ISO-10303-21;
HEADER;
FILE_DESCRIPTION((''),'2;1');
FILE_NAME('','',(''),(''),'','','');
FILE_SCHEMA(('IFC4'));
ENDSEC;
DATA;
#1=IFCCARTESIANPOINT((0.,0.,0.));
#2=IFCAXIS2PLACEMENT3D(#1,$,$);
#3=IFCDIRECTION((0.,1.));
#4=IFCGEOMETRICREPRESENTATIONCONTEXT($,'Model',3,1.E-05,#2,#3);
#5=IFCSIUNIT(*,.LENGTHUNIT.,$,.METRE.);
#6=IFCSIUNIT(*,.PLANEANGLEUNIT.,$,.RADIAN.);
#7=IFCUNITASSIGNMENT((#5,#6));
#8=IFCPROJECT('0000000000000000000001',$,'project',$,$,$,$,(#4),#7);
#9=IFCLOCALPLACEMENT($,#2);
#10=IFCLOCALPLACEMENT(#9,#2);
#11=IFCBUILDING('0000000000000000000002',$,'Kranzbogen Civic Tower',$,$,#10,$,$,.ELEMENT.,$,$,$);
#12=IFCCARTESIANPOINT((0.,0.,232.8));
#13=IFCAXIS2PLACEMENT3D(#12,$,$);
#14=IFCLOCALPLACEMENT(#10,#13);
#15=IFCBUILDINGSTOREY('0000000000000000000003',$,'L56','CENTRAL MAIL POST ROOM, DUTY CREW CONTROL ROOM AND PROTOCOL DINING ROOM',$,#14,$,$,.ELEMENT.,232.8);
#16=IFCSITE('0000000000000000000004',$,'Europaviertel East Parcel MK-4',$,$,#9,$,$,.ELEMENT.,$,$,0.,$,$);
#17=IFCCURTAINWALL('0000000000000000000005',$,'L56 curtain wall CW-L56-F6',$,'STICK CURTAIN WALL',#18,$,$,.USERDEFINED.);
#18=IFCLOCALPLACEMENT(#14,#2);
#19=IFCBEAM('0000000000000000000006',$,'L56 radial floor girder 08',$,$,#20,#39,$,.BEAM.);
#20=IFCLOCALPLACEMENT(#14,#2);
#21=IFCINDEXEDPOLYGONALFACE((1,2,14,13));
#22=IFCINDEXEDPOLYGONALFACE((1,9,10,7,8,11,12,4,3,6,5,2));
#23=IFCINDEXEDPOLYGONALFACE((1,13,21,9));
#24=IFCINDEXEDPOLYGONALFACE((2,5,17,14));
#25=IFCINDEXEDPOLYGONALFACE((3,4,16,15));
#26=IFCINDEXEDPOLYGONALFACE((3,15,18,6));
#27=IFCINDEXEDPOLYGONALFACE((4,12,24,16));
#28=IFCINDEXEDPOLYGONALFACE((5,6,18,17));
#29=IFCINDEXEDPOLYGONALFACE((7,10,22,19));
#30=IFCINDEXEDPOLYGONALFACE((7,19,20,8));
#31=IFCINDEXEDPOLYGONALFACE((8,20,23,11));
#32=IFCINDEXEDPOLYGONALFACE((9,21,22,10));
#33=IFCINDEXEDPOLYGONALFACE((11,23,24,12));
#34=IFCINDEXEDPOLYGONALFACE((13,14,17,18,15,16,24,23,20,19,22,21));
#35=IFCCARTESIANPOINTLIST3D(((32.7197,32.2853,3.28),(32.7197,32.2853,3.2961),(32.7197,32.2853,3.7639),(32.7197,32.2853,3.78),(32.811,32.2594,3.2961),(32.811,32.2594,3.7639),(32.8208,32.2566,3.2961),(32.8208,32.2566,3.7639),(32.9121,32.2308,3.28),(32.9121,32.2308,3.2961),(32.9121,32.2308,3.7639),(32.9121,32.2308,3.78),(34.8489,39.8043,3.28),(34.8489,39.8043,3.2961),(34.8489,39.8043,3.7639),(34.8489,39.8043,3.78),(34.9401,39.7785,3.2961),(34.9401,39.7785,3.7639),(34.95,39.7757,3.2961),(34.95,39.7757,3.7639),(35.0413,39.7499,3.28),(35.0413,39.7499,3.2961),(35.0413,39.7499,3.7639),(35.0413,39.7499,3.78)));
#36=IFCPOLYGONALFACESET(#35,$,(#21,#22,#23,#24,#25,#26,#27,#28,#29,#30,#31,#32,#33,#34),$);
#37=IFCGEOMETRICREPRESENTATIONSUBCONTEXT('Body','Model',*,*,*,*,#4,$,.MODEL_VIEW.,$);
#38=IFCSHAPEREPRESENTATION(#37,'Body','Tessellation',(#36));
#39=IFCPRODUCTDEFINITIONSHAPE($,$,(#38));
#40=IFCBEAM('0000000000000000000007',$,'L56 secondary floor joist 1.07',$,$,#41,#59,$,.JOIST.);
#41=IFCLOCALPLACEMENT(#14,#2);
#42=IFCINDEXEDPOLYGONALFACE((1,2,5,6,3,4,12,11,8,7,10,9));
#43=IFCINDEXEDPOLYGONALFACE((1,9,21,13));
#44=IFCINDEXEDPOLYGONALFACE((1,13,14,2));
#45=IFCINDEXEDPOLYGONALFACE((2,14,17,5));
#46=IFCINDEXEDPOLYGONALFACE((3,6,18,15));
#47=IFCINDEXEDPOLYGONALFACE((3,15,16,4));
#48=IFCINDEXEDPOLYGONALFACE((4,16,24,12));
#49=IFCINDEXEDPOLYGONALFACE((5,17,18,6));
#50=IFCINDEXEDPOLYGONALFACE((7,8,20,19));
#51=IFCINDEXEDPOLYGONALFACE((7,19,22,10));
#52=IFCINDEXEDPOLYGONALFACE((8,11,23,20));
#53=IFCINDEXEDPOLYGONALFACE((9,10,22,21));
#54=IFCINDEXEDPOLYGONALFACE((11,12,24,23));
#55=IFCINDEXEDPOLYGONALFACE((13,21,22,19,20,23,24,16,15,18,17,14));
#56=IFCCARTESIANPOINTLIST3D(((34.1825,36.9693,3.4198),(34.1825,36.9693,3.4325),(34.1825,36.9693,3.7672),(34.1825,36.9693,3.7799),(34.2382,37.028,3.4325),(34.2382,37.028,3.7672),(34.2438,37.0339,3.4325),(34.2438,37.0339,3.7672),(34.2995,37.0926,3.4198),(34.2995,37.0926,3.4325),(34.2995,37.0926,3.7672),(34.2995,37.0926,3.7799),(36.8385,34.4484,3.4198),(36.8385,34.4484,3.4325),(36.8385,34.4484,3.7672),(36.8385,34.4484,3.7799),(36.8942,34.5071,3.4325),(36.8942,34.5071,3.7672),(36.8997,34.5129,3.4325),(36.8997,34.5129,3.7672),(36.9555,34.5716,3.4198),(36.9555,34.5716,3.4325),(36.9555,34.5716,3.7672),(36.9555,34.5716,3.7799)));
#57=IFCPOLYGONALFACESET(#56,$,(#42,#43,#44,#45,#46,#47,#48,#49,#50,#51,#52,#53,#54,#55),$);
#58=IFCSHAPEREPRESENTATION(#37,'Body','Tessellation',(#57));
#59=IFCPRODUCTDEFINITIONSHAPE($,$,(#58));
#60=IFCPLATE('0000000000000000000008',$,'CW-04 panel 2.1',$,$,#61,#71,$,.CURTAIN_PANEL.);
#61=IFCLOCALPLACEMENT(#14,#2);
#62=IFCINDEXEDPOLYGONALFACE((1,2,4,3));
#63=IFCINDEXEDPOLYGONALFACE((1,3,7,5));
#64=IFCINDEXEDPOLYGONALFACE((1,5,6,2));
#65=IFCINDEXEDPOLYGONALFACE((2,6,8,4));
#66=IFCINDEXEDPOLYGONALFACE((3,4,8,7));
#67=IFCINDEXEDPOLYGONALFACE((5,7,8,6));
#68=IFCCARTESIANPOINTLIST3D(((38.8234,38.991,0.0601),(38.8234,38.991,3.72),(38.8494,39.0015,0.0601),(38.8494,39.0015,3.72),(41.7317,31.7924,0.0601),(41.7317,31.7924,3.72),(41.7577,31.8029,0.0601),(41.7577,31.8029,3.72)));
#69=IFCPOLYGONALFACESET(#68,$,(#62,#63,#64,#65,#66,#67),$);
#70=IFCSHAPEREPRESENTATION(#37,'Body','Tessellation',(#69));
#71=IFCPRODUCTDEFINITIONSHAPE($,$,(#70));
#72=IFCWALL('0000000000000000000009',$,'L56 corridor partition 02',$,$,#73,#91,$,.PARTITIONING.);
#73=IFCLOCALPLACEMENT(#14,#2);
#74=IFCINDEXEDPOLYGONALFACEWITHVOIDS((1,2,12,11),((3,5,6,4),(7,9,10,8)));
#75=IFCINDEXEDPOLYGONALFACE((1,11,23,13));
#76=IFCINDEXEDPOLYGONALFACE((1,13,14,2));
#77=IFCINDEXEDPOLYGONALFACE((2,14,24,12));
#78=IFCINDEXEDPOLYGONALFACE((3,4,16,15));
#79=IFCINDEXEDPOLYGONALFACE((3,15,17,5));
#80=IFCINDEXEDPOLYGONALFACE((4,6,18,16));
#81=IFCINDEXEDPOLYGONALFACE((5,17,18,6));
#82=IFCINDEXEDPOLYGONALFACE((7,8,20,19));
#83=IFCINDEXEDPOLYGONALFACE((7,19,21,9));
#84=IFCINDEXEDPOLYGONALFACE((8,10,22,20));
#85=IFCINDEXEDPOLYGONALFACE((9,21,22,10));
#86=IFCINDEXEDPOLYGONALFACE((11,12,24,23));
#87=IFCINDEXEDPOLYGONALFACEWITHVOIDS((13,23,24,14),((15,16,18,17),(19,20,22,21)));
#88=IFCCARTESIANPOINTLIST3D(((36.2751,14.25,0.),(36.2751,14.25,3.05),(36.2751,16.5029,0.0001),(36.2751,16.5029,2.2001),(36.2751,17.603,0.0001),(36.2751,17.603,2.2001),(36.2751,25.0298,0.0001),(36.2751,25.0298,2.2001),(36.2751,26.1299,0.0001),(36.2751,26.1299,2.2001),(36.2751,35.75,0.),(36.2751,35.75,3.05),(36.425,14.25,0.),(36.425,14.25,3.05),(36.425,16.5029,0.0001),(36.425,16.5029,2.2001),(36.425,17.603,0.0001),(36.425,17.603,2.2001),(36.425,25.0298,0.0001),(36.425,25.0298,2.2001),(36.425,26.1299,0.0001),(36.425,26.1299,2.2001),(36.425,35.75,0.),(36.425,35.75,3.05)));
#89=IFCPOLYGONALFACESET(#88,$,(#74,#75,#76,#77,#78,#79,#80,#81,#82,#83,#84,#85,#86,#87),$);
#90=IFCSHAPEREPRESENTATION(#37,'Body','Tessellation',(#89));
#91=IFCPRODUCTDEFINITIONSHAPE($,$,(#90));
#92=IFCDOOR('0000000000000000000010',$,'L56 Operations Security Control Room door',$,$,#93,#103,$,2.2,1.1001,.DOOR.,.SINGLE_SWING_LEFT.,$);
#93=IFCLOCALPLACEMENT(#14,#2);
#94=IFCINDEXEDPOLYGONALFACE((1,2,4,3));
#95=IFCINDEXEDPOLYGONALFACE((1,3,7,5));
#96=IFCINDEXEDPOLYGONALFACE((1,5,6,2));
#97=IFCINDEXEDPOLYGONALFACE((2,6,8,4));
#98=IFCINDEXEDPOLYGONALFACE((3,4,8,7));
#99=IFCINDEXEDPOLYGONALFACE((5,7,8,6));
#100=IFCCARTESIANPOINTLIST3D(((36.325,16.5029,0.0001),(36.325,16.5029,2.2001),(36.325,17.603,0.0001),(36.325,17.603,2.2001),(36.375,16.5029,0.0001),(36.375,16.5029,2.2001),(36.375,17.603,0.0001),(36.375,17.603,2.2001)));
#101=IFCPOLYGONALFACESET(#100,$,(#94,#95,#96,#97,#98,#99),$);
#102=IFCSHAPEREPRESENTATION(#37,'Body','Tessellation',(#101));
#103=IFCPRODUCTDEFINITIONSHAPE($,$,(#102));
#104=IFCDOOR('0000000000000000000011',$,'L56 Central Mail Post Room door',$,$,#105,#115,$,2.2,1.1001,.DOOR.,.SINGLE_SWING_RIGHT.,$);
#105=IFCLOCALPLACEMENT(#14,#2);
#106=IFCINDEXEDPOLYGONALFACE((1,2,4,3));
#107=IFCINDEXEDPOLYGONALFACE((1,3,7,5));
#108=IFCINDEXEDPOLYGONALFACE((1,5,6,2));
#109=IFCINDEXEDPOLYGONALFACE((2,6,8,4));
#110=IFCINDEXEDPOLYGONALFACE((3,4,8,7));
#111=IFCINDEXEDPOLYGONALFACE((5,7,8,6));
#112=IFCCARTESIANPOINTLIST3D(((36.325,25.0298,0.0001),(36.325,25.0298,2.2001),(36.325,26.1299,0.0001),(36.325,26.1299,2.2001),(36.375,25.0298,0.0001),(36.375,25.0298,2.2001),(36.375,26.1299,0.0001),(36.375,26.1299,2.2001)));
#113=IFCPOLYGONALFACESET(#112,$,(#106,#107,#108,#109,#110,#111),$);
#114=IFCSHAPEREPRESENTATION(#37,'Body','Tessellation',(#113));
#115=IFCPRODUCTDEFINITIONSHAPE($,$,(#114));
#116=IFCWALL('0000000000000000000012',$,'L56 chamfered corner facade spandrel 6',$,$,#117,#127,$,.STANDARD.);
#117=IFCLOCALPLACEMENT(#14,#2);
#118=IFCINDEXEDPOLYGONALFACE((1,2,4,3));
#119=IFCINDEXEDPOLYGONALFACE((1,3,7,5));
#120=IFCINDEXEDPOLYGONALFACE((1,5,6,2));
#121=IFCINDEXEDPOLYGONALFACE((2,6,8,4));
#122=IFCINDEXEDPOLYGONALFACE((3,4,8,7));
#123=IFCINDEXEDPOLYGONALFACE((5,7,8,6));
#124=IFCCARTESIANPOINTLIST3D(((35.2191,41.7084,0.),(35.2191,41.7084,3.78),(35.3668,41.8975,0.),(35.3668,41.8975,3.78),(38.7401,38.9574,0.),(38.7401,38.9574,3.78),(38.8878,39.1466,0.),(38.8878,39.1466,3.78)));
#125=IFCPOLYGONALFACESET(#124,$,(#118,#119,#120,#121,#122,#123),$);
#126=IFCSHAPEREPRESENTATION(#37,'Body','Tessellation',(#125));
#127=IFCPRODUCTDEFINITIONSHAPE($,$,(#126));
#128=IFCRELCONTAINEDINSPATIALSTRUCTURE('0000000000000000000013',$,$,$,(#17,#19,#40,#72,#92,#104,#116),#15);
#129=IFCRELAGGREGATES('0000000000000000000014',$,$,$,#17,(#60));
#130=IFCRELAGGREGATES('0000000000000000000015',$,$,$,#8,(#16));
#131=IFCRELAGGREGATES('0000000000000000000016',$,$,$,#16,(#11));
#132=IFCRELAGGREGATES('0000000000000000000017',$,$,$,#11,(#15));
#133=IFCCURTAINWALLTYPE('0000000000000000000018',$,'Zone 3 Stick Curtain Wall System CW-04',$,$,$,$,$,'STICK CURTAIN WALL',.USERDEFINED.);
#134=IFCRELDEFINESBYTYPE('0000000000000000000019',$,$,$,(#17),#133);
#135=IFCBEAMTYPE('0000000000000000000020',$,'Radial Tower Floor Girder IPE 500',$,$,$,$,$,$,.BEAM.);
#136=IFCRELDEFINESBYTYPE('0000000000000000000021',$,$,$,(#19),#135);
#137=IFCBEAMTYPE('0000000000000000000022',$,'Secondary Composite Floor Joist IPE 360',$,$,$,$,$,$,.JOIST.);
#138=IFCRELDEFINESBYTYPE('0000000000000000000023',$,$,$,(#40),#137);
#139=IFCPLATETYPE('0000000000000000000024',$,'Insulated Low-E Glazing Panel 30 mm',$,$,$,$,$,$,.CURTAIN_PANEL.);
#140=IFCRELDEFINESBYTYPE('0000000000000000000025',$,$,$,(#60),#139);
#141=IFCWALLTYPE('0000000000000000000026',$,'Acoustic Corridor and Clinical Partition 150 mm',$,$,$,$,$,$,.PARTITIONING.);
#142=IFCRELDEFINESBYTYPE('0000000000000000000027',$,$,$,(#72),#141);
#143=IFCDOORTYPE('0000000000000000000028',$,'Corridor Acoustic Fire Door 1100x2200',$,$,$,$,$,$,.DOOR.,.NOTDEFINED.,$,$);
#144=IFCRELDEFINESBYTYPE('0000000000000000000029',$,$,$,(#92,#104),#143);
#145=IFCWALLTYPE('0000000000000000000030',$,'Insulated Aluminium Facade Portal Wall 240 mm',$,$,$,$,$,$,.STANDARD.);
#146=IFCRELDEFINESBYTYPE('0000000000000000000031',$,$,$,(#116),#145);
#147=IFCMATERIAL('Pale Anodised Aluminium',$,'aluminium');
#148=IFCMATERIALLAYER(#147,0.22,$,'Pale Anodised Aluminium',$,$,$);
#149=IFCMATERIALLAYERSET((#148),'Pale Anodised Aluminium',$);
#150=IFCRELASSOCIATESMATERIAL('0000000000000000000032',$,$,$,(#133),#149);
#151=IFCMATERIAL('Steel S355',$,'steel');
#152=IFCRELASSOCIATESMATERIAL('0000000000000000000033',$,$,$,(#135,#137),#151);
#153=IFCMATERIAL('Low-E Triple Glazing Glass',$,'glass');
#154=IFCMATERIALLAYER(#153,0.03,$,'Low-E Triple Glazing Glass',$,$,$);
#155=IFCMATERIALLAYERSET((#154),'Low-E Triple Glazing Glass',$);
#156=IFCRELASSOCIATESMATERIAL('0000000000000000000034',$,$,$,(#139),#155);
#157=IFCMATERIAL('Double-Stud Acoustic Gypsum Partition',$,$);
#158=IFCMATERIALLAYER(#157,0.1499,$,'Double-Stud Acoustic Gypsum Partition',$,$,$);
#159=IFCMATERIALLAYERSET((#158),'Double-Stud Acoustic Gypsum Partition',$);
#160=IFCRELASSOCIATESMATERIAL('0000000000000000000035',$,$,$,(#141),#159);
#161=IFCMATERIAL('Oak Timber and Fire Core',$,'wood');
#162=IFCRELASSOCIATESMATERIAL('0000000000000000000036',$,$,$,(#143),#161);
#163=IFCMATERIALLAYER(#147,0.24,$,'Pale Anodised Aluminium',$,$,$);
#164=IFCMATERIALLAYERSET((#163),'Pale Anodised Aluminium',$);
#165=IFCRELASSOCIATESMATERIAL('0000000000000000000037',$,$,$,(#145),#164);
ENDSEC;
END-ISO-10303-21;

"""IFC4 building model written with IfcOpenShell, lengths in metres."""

from ifc_helpers import new_model, si_unit, direction, frame, frame_2d, origin, origin_2d, place, context, subcontext, project, spatial, rectangle, i_section, extrude, material, layer, layer_set, material_profile, profile_set, type_object, element, fill, aggregate, save


model = new_model("IFC4")

# Units and contexts
model_context = context("Model", 3, precision=1e-05, world=origin(), true_north=direction((0.0, 1.0)))
body_context = subcontext(model_context, "Body", "Model", "MODEL_VIEW")
ifc_project = project(units=[si_unit("LENGTHUNIT", "METRE"), si_unit("PLANEANGLEUNIT", "RADIAN")], contexts=[model_context])

# Site, building, storey
site_placement = place(None, origin())
site = spatial("IfcSite", under=ifc_project, at=site_placement, Name="Europaviertel East Parcel MK-4", CompositionType="ELEMENT", RefElevation=0.0)
building_placement = place(site_placement, origin())
building = spatial("IfcBuilding", under=site, at=building_placement, Name="Kranzbogen Civic Tower", CompositionType="ELEMENT")
storey_placement = place(building_placement, frame((0.0, 0.0, 232.8)))
storey = spatial("IfcBuildingStorey", under=building, at=storey_placement, Name="L56", Description="CENTRAL MAIL POST ROOM, DUTY CREW CONTROL ROOM AND PROTOCOL DINING ROOM", CompositionType="ELEMENT", Elevation=232.8)

# Shared definitions
ifc_material_1 = material(Name="Steel S355", Category="steel")

# Shared definitions
ifc_material_2 = material(Name="Pale Anodised Aluminium", Category="aluminium")
ifc_layer_1 = layer(ifc_material_2, 0.22, Name="Pale Anodised Aluminium")
ifc_layer_set_1 = layer_set([ifc_layer_1], Name="Pale Anodised Aluminium")
curtain_wall_type = type_object("IfcCurtainWallType", Name="Zone 3 Stick Curtain Wall System CW-04", ElementType="STICK CURTAIN WALL", PredefinedType="USERDEFINED", material=ifc_layer_set_1)

# Curtain wall
curtain_wall_1_placement = place(storey_placement, origin())
curtain_wall_1 = element("IfcCurtainWall", 1, at=curtain_wall_1_placement, inside=storey, type_object=curtain_wall_type, Name="L56 curtain wall CW-L56-F6", ObjectType="STICK CURTAIN WALL", PredefinedType="USERDEFINED")

# Beams
ifc_material_profile_1 = material_profile(ifc_material_1, i_section(OverallWidth=0.2, OverallDepth=0.5, WebThickness=0.0103, FlangeThickness=0.0161, at=origin_2d()), Name="IPE 500")
ifc_profile_set_1 = profile_set([ifc_material_profile_1], Name="Steel S355")
beam_type_1 = type_object("IfcBeamType", Name="Radial Tower Floor Girder IPE 500", PredefinedType="BEAM", material=ifc_profile_set_1)
beam_1_placement = place(storey_placement, frame((34.9451, 39.7771, 3.53), z_axis=(-0.272455, -0.962169, 0.0), x_axis=(0.962169, -0.272455, 0.0)))
element("IfcBeam", 2, at=beam_1_placement, inside=storey, type_object=beam_type_1, Name="L56 radial floor girder 08", PredefinedType="BEAM", context=body_context, shape_type="SweptSolid", body=[
    extrude(i_section(OverallWidth=0.2, OverallDepth=0.5, WebThickness=0.0103, FlangeThickness=0.0161, at=origin_2d()), origin(), (0.0, 0.0, 1.0), 7.8147),
])
ifc_material_profile_2 = material_profile(ifc_material_1, i_section(OverallWidth=0.1699, OverallDepth=0.3601, WebThickness=0.0081, FlangeThickness=0.0127, at=origin_2d()), Name="IPE 360")
ifc_profile_set_2 = profile_set([ifc_material_profile_2], Name="Steel S355")
beam_type_2 = type_object("IfcBeamType", Name="Secondary Composite Floor Joist IPE 360", PredefinedType="JOIST", material=ifc_profile_set_2)
beam_2_placement = place(storey_placement, frame((36.897, 34.51, 3.5999), z_axis=(-0.725301, 0.688432, 0.0), x_axis=(-0.688432, -0.725301, 0.0)))
element("IfcBeam", 3, at=beam_2_placement, inside=storey, type_object=beam_type_2, Name="L56 secondary floor joist 1.07", PredefinedType="JOIST", context=body_context, shape_type="SweptSolid", body=[
    extrude(i_section(OverallWidth=0.1699, OverallDepth=0.3601, WebThickness=0.0081, FlangeThickness=0.0127, at=origin_2d()), origin(), (0.0, 0.0, 1.0), 3.6619),
])

# Plate
ifc_material_3 = material(Name="Low-E Triple Glazing Glass", Category="glass")
ifc_layer_2 = layer(ifc_material_3, 0.03, Name="Low-E Triple Glazing Glass")
ifc_layer_set_2 = layer_set([ifc_layer_2], Name="Low-E Triple Glazing Glass")
plate_type = type_object("IfcPlateType", Name="Insulated Low-E Glazing Panel 30 mm", PredefinedType="CURTAIN_PANEL", material=ifc_layer_set_2)
plate_placement = place(storey_placement, frame((40.2905, 35.397, 0.0601), z_axis=(0.0, 0.0, 1.0), x_axis=(-0.374594, 0.927189, 0.0)))
plate = element("IfcPlate", 4, at=plate_placement, type_object=plate_type, Name="CW-04 panel 2.1", PredefinedType="CURTAIN_PANEL", context=body_context, shape_type="SweptSolid", body=[
    extrude(rectangle(XDim=7.7639, YDim=0.0281, at=origin_2d()), origin(), (0.0, 0.0, 1.0), 3.6599),
])
aggregate(curtain_wall_1, [plate])

# Wall, openings, doors
ifc_material_4 = material(Name="Double-Stud Acoustic Gypsum Partition")
ifc_layer_3 = layer(ifc_material_4, 0.1499, Name="Double-Stud Acoustic Gypsum Partition")
ifc_layer_set_3 = layer_set([ifc_layer_3], Name="Double-Stud Acoustic Gypsum Partition")
wall_type_1 = type_object("IfcWallType", Name="Acoustic Corridor and Clinical Partition 150 mm", PredefinedType="PARTITIONING", material=ifc_layer_set_3)
wall_1_placement = place(storey_placement, frame((36.3501, 35.75, 0.0), z_axis=(0.0, 0.0, 1.0), x_axis=(0.0, -1.0, 0.0)))
wall_1 = element("IfcWall", 5, at=wall_1_placement, inside=storey, type_object=wall_type_1, Name="L56 corridor partition 02", PredefinedType="PARTITIONING", context=body_context, shape_type="SweptSolid", body=[
    extrude(rectangle(XDim=21.5, YDim=0.1499, at=frame_2d((10.75, 0.0))), origin(), (0.0, 0.0, 1.0), 3.05),
])
opening_1_placement = place(wall_1_placement, frame((18.147, 0.0, 0.0)))
opening_1 = element("IfcOpeningElement", 6, at=opening_1_placement, cuts=wall_1, PredefinedType="OPENING", context=body_context, shape_type="SweptSolid", body=[
    extrude(rectangle(XDim=1.1001, YDim=2.2, at=frame_2d((0.55, 1.1001))), frame((0.0, 0.085, 0.0), z_axis=(0.0, -1.0, 0.0), x_axis=(1.0, 0.0, 0.0)), (0.0, 0.0, 1.0), 0.1699),
])
opening_2_placement = place(wall_1_placement, frame((9.6201, 0.0, 0.0)))
opening_2 = element("IfcOpeningElement", 7, at=opening_2_placement, cuts=wall_1, PredefinedType="OPENING", context=body_context, shape_type="SweptSolid", body=[
    extrude(rectangle(XDim=1.1001, YDim=2.2, at=frame_2d((0.55, 1.1001))), frame((0.0, 0.085, 0.0), z_axis=(0.0, -1.0, 0.0), x_axis=(1.0, 0.0, 0.0)), (0.0, 0.0, 1.0), 0.1699),
])
ifc_material_5 = material(Name="Oak Timber and Fire Core", Category="wood")
door_type = type_object("IfcDoorType", Name="Corridor Acoustic Fire Door 1100x2200", OperationType="NOTDEFINED", PredefinedType="DOOR", material=ifc_material_5)
door_1_placement = place(opening_1_placement, origin())
door_1 = element("IfcDoor", 8, at=door_1_placement, inside=storey, type_object=door_type, Name="L56 Operations Security Control Room door", OperationType="SINGLE_SWING_LEFT", OverallHeight=2.2, OverallWidth=1.1001, PredefinedType="DOOR", context=body_context, shape_type="SweptSolid", body=[
    extrude(rectangle(XDim=1.1001, YDim=2.2, at=frame_2d((0.55, 1.1001))), frame((0.0, 0.0249, 0.0), z_axis=(0.0, -1.0, 0.0), x_axis=(1.0, 0.0, 0.0)), (0.0, 0.0, 1.0), 0.05),
])
fill(opening_1, door_1)
door_2_placement = place(opening_2_placement, origin())
door_2 = element("IfcDoor", 9, at=door_2_placement, inside=storey, type_object=door_type, Name="L56 Central Mail Post Room door", OperationType="SINGLE_SWING_RIGHT", OverallHeight=2.2, OverallWidth=1.1001, PredefinedType="DOOR", context=body_context, shape_type="SweptSolid", body=[
    extrude(rectangle(XDim=1.1001, YDim=2.2, at=frame_2d((0.55, 1.1001))), frame((0.0, 0.0249, 0.0), z_axis=(0.0, -1.0, 0.0), x_axis=(1.0, 0.0, 0.0)), (0.0, 0.0, 1.0), 0.05),
])
fill(opening_2, door_2)

# Wall
ifc_layer_4 = layer(ifc_material_2, 0.24, Name="Pale Anodised Aluminium")
ifc_layer_set_4 = layer_set([ifc_layer_4], Name="Pale Anodised Aluminium")
wall_type_2 = type_object("IfcWallType", Name="Insulated Aluminium Facade Portal Wall 240 mm", PredefinedType="STANDARD", material=ifc_layer_set_4)
wall_2_placement = place(storey_placement, frame((38.814, 39.052, 0.0), z_axis=(0.0, 0.0, 1.0), x_axis=(-0.788003, 0.615672, 0.0)))
element("IfcWall", 10, at=wall_2_placement, inside=storey, type_object=wall_type_2, Name="L56 chamfered corner facade spandrel 6", PredefinedType="STANDARD", context=body_context, shape_type="SweptSolid", body=[
    extrude(rectangle(XDim=4.4683, YDim=0.24, at=frame_2d((2.2341, 0.0))), origin(), (0.0, 0.0, 1.0), 3.78),
])

save(model, "model.ifc")
